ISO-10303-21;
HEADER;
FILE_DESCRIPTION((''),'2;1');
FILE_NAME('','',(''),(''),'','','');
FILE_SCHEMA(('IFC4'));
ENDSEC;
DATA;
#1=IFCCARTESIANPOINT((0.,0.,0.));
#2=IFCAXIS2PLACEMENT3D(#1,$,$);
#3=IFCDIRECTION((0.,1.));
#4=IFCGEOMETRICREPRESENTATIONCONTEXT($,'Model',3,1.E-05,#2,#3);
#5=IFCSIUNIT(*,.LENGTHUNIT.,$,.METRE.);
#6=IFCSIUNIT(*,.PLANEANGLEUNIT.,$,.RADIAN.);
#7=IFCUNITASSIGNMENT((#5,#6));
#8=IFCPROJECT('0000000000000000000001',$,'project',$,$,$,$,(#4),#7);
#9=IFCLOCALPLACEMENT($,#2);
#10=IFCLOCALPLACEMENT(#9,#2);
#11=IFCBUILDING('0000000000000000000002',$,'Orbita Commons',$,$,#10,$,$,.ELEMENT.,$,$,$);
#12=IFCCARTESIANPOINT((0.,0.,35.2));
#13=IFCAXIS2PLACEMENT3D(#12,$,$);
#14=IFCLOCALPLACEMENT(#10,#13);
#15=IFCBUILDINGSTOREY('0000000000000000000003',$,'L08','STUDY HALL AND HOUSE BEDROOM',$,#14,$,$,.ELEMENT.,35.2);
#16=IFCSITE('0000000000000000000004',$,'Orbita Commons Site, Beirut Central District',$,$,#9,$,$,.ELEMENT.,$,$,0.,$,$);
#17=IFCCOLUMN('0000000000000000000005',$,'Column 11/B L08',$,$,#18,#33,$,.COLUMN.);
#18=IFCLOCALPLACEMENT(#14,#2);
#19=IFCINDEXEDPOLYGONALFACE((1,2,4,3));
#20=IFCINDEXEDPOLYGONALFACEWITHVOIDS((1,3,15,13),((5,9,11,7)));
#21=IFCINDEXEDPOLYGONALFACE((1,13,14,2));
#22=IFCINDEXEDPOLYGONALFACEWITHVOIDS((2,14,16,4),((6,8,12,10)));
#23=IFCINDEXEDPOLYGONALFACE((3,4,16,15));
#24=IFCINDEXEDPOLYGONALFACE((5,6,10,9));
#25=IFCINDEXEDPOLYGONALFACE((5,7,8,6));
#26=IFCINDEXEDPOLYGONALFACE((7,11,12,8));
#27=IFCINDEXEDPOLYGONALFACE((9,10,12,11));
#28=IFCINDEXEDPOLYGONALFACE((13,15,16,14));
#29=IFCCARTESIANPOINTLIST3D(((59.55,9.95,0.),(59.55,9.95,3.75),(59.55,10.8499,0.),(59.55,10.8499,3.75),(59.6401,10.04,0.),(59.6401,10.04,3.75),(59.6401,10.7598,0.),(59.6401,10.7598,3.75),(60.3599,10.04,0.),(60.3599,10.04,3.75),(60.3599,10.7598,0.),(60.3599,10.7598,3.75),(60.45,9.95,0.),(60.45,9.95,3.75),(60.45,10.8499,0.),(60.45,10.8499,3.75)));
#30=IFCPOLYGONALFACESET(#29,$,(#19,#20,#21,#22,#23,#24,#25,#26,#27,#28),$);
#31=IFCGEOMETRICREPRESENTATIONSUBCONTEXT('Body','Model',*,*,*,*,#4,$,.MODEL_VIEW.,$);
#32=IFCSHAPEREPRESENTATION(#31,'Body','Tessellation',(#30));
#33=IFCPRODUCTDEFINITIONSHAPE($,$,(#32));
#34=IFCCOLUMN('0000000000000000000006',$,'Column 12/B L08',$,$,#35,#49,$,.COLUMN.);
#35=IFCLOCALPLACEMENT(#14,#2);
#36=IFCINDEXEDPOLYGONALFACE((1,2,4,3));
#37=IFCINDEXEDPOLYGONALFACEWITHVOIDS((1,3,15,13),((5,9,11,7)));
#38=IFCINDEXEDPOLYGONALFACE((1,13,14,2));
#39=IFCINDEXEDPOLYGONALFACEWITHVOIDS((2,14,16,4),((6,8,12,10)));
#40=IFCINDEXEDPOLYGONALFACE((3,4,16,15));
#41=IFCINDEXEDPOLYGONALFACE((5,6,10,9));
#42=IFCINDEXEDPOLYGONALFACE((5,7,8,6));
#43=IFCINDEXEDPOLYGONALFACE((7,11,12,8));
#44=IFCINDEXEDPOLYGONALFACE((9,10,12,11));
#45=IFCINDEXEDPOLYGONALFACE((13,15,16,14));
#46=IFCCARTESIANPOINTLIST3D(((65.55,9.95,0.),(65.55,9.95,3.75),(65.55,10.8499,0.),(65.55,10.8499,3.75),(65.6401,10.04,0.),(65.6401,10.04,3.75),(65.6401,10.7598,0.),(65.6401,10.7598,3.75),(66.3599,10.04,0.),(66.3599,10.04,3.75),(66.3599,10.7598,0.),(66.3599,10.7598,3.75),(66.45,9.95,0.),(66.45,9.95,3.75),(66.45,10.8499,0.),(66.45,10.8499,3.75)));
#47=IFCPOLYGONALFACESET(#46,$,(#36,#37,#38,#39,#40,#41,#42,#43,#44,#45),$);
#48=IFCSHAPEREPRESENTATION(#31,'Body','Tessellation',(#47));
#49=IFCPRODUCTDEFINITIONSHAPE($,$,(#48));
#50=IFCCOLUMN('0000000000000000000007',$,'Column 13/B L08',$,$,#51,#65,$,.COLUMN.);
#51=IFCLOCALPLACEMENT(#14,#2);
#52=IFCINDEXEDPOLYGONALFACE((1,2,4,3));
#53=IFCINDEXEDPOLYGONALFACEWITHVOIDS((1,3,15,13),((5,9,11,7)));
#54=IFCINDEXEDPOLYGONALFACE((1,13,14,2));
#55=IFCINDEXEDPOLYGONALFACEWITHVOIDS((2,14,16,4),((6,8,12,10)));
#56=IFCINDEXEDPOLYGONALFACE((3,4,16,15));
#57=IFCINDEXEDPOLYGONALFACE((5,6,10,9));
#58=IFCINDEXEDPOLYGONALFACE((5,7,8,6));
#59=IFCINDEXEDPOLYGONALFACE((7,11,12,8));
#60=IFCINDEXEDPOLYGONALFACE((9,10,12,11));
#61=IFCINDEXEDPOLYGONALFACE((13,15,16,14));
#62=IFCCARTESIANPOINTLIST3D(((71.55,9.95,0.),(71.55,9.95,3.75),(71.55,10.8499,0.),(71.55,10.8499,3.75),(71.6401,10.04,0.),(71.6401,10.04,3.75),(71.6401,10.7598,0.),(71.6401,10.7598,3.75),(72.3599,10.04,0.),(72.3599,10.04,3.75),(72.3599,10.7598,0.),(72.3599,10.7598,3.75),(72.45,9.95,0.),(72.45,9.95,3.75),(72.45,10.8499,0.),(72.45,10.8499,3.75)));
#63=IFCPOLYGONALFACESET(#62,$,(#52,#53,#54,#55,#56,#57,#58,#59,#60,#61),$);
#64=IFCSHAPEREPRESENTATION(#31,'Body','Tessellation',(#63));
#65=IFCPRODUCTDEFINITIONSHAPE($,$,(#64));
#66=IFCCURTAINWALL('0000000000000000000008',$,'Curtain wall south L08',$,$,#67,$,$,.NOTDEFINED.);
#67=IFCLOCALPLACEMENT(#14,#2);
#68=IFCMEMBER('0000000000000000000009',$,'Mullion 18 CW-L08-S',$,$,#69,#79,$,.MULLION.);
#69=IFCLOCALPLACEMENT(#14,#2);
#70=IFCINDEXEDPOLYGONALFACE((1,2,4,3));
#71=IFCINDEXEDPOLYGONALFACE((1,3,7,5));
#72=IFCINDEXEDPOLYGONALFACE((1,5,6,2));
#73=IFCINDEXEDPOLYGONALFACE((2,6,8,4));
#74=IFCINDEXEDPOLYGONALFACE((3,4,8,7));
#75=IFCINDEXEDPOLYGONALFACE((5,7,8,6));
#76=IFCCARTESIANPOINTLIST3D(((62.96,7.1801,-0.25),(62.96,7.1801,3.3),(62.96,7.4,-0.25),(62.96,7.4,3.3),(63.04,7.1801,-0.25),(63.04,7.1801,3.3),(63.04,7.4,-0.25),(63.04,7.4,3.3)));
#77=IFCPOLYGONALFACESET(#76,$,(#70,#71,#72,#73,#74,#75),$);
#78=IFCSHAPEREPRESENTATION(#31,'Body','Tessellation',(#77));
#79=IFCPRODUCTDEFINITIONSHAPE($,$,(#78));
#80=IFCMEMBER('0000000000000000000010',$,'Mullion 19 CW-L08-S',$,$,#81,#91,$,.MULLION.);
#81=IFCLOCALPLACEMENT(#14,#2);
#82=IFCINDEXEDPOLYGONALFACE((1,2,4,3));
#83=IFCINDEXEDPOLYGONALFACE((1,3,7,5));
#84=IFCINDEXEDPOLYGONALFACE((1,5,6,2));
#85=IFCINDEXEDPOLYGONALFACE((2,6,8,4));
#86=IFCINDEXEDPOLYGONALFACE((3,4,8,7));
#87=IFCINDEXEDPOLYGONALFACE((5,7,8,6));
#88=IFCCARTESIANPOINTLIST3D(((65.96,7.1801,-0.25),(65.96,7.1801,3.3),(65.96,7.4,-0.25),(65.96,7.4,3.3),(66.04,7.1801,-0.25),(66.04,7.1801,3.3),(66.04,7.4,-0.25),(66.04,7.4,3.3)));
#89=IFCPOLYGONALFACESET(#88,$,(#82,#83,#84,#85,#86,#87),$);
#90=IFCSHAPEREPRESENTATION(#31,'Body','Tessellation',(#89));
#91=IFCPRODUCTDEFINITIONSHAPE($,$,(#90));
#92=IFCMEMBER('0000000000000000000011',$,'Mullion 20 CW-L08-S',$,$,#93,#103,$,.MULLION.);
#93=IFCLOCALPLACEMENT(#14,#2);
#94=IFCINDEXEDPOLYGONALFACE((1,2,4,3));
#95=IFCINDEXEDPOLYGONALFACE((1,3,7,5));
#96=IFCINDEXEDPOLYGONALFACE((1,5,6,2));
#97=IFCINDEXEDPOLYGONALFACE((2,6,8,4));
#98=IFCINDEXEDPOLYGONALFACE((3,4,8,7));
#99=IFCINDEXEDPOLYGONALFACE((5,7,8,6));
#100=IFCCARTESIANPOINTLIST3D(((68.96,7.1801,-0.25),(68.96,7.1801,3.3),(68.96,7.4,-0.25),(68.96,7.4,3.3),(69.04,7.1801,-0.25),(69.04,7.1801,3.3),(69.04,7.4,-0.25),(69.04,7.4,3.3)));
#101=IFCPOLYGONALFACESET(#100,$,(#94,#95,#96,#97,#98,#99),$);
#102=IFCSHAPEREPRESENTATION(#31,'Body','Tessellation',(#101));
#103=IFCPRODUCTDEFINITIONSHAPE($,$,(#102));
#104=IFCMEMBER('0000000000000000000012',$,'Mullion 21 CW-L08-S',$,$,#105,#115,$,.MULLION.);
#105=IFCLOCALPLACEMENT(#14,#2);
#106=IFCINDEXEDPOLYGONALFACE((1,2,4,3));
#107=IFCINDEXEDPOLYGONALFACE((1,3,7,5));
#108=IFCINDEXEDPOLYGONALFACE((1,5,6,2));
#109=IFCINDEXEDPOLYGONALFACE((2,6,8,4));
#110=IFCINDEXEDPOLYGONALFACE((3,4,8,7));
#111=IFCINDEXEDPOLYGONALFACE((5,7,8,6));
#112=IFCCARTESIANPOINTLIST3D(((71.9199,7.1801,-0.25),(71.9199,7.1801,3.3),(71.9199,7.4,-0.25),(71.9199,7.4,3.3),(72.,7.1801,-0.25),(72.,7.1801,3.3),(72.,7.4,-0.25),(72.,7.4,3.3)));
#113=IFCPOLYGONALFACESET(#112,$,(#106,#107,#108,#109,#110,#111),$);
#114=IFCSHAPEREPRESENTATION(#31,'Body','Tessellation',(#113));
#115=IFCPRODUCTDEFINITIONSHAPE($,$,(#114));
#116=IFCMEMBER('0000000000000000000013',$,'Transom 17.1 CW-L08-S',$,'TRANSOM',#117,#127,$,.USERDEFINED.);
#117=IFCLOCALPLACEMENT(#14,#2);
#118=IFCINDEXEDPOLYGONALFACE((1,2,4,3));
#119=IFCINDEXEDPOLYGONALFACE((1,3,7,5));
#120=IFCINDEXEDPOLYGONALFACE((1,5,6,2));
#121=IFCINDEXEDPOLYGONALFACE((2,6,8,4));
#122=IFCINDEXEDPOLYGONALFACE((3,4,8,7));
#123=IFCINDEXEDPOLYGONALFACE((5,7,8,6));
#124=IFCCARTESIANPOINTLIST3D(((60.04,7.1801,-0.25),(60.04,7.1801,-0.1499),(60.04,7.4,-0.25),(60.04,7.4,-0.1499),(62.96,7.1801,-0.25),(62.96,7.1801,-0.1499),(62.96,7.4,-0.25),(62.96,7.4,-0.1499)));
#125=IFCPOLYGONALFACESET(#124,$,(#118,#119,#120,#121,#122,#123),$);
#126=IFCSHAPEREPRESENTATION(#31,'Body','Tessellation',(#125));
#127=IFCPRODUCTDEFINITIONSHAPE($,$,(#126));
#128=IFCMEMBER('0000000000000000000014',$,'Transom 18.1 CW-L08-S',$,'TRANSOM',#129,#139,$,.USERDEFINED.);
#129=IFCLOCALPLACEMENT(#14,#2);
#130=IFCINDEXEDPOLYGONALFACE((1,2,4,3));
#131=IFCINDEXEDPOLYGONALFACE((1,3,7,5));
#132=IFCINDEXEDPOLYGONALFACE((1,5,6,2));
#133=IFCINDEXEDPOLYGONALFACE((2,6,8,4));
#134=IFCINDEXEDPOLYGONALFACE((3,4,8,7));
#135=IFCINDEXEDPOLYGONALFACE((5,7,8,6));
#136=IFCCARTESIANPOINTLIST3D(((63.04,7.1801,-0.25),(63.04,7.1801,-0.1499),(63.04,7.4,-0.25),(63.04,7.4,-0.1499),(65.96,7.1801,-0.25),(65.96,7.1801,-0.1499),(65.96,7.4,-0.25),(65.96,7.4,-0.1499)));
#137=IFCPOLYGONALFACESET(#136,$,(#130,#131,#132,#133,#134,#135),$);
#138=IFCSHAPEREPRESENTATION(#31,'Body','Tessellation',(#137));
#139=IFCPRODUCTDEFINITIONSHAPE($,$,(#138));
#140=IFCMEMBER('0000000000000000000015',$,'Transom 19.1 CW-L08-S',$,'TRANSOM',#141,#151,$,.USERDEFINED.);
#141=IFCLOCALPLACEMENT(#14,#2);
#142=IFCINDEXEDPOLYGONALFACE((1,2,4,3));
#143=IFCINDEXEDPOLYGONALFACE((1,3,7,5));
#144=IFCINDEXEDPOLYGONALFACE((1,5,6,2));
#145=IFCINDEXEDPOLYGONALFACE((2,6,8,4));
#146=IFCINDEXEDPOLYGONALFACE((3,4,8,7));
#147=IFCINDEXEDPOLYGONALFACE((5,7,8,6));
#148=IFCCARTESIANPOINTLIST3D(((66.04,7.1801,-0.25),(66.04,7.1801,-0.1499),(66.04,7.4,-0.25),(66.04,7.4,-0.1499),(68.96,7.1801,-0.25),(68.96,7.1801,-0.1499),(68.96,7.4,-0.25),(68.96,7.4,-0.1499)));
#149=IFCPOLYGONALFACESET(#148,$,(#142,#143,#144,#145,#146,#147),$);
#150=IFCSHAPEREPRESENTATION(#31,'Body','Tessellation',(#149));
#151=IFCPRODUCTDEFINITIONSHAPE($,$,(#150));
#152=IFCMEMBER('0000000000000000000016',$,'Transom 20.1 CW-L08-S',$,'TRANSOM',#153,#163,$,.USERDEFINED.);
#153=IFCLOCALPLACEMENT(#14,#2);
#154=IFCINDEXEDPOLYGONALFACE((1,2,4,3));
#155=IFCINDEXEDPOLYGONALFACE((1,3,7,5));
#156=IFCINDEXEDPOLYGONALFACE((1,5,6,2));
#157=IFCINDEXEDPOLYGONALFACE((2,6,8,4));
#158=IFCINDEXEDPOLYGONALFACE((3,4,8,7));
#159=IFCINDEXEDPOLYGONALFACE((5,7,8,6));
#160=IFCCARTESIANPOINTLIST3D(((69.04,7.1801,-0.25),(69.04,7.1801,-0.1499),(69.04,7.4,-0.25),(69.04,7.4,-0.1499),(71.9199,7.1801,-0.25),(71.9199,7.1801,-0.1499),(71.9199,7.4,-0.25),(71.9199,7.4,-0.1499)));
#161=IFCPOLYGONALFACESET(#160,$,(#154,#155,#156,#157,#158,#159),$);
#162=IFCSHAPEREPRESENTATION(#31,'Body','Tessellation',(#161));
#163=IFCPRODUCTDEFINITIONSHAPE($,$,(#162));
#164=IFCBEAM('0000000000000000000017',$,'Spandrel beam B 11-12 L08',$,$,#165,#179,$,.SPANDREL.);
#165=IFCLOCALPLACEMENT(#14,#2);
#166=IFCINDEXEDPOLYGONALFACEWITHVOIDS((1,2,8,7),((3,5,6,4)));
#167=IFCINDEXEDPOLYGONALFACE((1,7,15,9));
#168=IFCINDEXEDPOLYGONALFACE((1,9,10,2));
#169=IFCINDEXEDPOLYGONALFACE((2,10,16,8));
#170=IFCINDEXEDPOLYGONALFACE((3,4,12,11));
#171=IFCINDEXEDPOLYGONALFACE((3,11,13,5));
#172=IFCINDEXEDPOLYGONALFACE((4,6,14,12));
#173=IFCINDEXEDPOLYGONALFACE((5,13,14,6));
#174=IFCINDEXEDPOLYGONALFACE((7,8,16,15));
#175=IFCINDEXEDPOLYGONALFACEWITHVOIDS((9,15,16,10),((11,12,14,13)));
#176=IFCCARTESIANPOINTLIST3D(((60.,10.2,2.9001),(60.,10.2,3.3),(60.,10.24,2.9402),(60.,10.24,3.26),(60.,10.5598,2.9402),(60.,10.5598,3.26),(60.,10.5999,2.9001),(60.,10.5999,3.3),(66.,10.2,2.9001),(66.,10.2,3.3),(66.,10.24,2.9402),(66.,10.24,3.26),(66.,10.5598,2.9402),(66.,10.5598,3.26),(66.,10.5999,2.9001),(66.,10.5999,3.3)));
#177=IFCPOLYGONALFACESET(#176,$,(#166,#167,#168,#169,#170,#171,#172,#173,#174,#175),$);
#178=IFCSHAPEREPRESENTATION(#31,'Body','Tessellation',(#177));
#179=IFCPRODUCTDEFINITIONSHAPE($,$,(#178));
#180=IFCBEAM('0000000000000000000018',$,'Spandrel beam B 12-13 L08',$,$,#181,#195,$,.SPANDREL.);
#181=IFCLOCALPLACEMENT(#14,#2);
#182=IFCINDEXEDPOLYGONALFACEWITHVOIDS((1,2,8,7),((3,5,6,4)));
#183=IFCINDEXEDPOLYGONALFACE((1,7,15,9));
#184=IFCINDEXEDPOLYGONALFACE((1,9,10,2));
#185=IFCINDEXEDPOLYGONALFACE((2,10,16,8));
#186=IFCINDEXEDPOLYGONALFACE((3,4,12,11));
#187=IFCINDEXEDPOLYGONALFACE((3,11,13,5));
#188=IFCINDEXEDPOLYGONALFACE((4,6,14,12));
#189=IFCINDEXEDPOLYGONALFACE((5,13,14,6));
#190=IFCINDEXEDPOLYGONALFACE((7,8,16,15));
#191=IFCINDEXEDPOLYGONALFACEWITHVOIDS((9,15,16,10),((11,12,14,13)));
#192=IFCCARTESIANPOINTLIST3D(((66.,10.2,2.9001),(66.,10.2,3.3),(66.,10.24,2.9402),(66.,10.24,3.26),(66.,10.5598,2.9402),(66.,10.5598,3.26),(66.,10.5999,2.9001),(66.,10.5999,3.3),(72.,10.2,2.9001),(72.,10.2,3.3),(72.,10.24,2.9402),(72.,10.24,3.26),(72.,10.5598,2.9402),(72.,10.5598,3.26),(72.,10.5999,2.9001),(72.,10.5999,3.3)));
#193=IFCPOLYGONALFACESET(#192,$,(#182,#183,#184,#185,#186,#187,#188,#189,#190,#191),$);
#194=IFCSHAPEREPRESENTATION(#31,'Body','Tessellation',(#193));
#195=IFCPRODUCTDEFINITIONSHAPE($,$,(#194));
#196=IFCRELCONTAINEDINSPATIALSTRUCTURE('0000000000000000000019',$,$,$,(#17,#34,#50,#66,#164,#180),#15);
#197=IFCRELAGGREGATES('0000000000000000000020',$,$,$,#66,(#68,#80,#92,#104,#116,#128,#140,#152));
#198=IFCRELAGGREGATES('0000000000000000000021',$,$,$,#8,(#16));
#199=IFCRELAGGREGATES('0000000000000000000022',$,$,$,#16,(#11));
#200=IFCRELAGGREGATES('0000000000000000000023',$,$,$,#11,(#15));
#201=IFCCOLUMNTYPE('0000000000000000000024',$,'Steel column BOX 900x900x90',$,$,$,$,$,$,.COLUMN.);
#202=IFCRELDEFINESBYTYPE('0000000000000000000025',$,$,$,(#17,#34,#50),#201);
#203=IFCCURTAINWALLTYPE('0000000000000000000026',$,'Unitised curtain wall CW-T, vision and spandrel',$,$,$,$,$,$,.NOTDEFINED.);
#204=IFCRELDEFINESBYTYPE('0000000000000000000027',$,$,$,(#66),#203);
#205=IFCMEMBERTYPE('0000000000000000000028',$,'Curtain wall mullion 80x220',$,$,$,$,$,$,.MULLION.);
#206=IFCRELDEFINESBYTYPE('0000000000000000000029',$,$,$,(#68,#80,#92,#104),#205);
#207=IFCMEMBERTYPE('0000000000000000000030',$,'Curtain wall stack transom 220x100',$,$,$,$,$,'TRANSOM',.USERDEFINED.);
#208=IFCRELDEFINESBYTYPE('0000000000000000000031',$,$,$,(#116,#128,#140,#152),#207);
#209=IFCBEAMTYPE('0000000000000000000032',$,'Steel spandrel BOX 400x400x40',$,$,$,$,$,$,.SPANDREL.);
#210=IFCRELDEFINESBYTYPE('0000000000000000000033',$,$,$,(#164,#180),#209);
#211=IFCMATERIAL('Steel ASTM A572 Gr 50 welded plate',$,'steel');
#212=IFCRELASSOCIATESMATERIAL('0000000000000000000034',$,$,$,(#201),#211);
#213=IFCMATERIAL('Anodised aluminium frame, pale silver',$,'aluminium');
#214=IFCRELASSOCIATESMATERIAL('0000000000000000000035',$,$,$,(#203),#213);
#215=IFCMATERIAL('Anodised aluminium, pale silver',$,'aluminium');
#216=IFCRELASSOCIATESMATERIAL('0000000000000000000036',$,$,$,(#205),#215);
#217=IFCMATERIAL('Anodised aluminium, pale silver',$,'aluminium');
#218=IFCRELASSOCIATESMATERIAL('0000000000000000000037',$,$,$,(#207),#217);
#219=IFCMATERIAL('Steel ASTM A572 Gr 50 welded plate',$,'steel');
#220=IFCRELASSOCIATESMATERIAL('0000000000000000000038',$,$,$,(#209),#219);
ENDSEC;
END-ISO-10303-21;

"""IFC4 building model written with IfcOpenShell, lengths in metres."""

from ifc_helpers import new_model, si_unit, direction, frame, origin, origin_2d, place, context, subcontext, project, spatial, rectangle, hollow_rectangle, extrude, material, material_profile, profile_set, type_object, element, aggregate, save


model = new_model("IFC4")

# Units and contexts
model_context = context("Model", 3, precision=1e-05, world=origin(), true_north=direction((0.0, 1.0)))
body_context = subcontext(model_context, "Body", "Model", "MODEL_VIEW")
ifc_project = project(units=[si_unit("LENGTHUNIT", "METRE"), si_unit("PLANEANGLEUNIT", "RADIAN")], contexts=[model_context])

# Site, building, storey
site_placement = place(None, origin())
site = spatial("IfcSite", under=ifc_project, at=site_placement, Name="Orbita Commons Site, Beirut Central District", CompositionType="ELEMENT", RefElevation=0.0)
building_placement = place(site_placement, origin())
building = spatial("IfcBuilding", under=site, at=building_placement, Name="Orbita Commons", CompositionType="ELEMENT")
storey_placement = place(building_placement, frame((0.0, 0.0, 35.2)))
storey = spatial("IfcBuildingStorey", under=building, at=storey_placement, Name="L08", Description="STUDY HALL AND HOUSE BEDROOM", CompositionType="ELEMENT", Elevation=35.2)

# Columns
ifc_material_1 = material(Name="Steel ASTM A572 Gr 50 welded plate", Category="steel")
ifc_material_profile_1 = material_profile(ifc_material_1, hollow_rectangle(XDim=0.8999, YDim=0.8999, WallThickness=0.0901, at=origin_2d()), Name="BOX 900x900x90")
ifc_profile_set_1 = profile_set([ifc_material_profile_1], Name="Steel ASTM A572 Gr 50 welded plate")
column_type = type_object("IfcColumnType", Name="Steel column BOX 900x900x90", PredefinedType="COLUMN", material=ifc_profile_set_1)
for number, where, z_axis, x_axis, name in (
    (1, (60.0, 10.3999, 0.0), (0.0, 0.0, 1.0), (1.0, 0.0, 0.0), "Column 11/B L08"),
    (2, (66.0, 10.3999, 0.0), (0.0, 0.0, 1.0), (1.0, 0.0, 0.0), "Column 12/B L08"),
    (3, (72.0, 10.3999, 0.0), (0.0, 0.0, 1.0), (1.0, 0.0, 0.0), "Column 13/B L08"),
):
    element("IfcColumn", number, at=place(storey_placement, frame(where, z_axis=z_axis, x_axis=x_axis)), inside=storey, type_object=column_type, Name=name, PredefinedType="COLUMN", context=body_context, shape_type="SweptSolid", body=[
        extrude(hollow_rectangle(XDim=0.8999, YDim=0.8999, WallThickness=0.0901, at=origin_2d()), origin(), (0.0, 0.0, 1.0), 3.75),
    ])

# Curtain wall, members
ifc_material_2 = material(Name="Anodised aluminium frame, pale silver", Category="aluminium")
curtain_wall_type = type_object("IfcCurtainWallType", Name="Unitised curtain wall CW-T, vision and spandrel", PredefinedType="NOTDEFINED", material=ifc_material_2)
curtain_wall_placement = place(storey_placement, origin())
curtain_wall = element("IfcCurtainWall", 4, at=curtain_wall_placement, inside=storey, type_object=curtain_wall_type, Name="Curtain wall south L08", PredefinedType="NOTDEFINED")
ifc_material_3 = material(Name="Anodised aluminium, pale silver", Category="aluminium")
ifc_material_profile_2 = material_profile(ifc_material_3, rectangle(XDim=0.0801, YDim=0.22, at=origin_2d()), Name="AL 80x220")
ifc_profile_set_2 = profile_set([ifc_material_profile_2], Name="Anodised aluminium, pale silver")
member_type_1 = type_object("IfcMemberType", Name="Curtain wall mullion 80x220", PredefinedType="MULLION", material=ifc_profile_set_2)
member_1_placement = place(storey_placement, frame((63.0, 7.29, -0.25), z_axis=(0.0, 0.0, 1.0), x_axis=(1.0, 0.0, 0.0)))
member_1 = element("IfcMember", 5, at=member_1_placement, type_object=member_type_1, Name="Mullion 18 CW-L08-S", PredefinedType="MULLION", context=body_context, shape_type="SweptSolid", body=[
    extrude(rectangle(XDim=0.0801, YDim=0.22, at=origin_2d()), origin(), (0.0, 0.0, 1.0), 3.55),
])
member_2_placement = place(storey_placement, frame((66.0, 7.29, -0.25), z_axis=(0.0, 0.0, 1.0), x_axis=(1.0, 0.0, 0.0)))
member_2 = element("IfcMember", 6, at=member_2_placement, type_object=member_type_1, Name="Mullion 19 CW-L08-S", PredefinedType="MULLION", context=body_context, shape_type="SweptSolid", body=[
    extrude(rectangle(XDim=0.0801, YDim=0.22, at=origin_2d()), origin(), (0.0, 0.0, 1.0), 3.55),
])
member_3_placement = place(storey_placement, frame((69.0, 7.29, -0.25), z_axis=(0.0, 0.0, 1.0), x_axis=(1.0, 0.0, 0.0)))
member_3 = element("IfcMember", 7, at=member_3_placement, type_object=member_type_1, Name="Mullion 20 CW-L08-S", PredefinedType="MULLION", context=body_context, shape_type="SweptSolid", body=[
    extrude(rectangle(XDim=0.0801, YDim=0.22, at=origin_2d()), origin(), (0.0, 0.0, 1.0), 3.55),
])
member_4_placement = place(storey_placement, frame((71.96, 7.29, -0.25), z_axis=(0.0, 0.0, 1.0), x_axis=(1.0, 0.0, 0.0)))
member_4 = element("IfcMember", 8, at=member_4_placement, type_object=member_type_1, Name="Mullion 21 CW-L08-S", PredefinedType="MULLION", context=body_context, shape_type="SweptSolid", body=[
    extrude(rectangle(XDim=0.0801, YDim=0.22, at=origin_2d()), origin(), (0.0, 0.0, 1.0), 3.55),
])
ifc_material_4 = material(Name="Anodised aluminium, pale silver", Category="aluminium")
ifc_material_profile_3 = material_profile(ifc_material_4, rectangle(XDim=0.22, YDim=0.1001, at=origin_2d()), Name="AL 220x100")
ifc_profile_set_3 = profile_set([ifc_material_profile_3], Name="Anodised aluminium, pale silver")
member_type_2 = type_object("IfcMemberType", Name="Curtain wall stack transom 220x100", ElementType="TRANSOM", PredefinedType="USERDEFINED", material=ifc_profile_set_3)
member_5_placement = place(storey_placement, frame((60.04, 7.29, -0.2), z_axis=(1.0, 0.0, 0.0), x_axis=(0.0, 1.0, 0.0)))
member_5 = element("IfcMember", 9, at=member_5_placement, type_object=member_type_2, Name="Transom 17.1 CW-L08-S", ObjectType="TRANSOM", PredefinedType="USERDEFINED", context=body_context, shape_type="SweptSolid", body=[
    extrude(rectangle(XDim=0.22, YDim=0.1001, at=origin_2d()), origin(), (0.0, 0.0, 1.0), 2.9199),
])
member_6_placement = place(storey_placement, frame((63.04, 7.29, -0.2), z_axis=(1.0, 0.0, 0.0), x_axis=(0.0, 1.0, 0.0)))
member_6 = element("IfcMember", 10, at=member_6_placement, type_object=member_type_2, Name="Transom 18.1 CW-L08-S", ObjectType="TRANSOM", PredefinedType="USERDEFINED", context=body_context, shape_type="SweptSolid", body=[
    extrude(rectangle(XDim=0.22, YDim=0.1001, at=origin_2d()), origin(), (0.0, 0.0, 1.0), 2.9199),
])
member_7_placement = place(storey_placement, frame((66.04, 7.29, -0.2), z_axis=(1.0, 0.0, 0.0), x_axis=(0.0, 1.0, 0.0)))
member_7 = element("IfcMember", 11, at=member_7_placement, type_object=member_type_2, Name="Transom 19.1 CW-L08-S", ObjectType="TRANSOM", PredefinedType="USERDEFINED", context=body_context, shape_type="SweptSolid", body=[
    extrude(rectangle(XDim=0.22, YDim=0.1001, at=origin_2d()), origin(), (0.0, 0.0, 1.0), 2.9199),
])
member_8_placement = place(storey_placement, frame((69.04, 7.29, -0.2), z_axis=(1.0, 0.0, 0.0), x_axis=(0.0, 1.0, 0.0)))
member_8 = element("IfcMember", 12, at=member_8_placement, type_object=member_type_2, Name="Transom 20.1 CW-L08-S", ObjectType="TRANSOM", PredefinedType="USERDEFINED", context=body_context, shape_type="SweptSolid", body=[
    extrude(rectangle(XDim=0.22, YDim=0.1001, at=origin_2d()), origin(), (0.0, 0.0, 1.0), 2.8799),
])

# Beams
ifc_material_5 = material(Name="Steel ASTM A572 Gr 50 welded plate", Category="steel")
ifc_material_profile_4 = material_profile(ifc_material_5, hollow_rectangle(XDim=0.3999, YDim=0.3999, WallThickness=0.04, at=origin_2d()), Name="BOX 400x400x40")
ifc_profile_set_4 = profile_set([ifc_material_profile_4], Name="Steel ASTM A572 Gr 50 welded plate")
beam_type = type_object("IfcBeamType", Name="Steel spandrel BOX 400x400x40", PredefinedType="SPANDREL", material=ifc_profile_set_4)
for number, where, z_axis, x_axis, name in (
    (13, (60.0, 10.3999, 3.1001), (1.0, 0.0, 0.0), (0.0, 1.0, 0.0), "Spandrel beam B 11-12 L08"),
    (14, (66.0, 10.3999, 3.1001), (1.0, 0.0, 0.0), (0.0, 1.0, 0.0), "Spandrel beam B 12-13 L08"),
):
    element("IfcBeam", number, at=place(storey_placement, frame(where, z_axis=z_axis, x_axis=x_axis)), inside=storey, type_object=beam_type, Name=name, PredefinedType="SPANDREL", context=body_context, shape_type="SweptSolid", body=[
        extrude(hollow_rectangle(XDim=0.3999, YDim=0.3999, WallThickness=0.04, at=origin_2d()), origin(), (0.0, 0.0, 1.0), 6.0),
    ])

aggregate(curtain_wall, [member_1, member_2, member_3, member_4, member_5, member_6, member_7, member_8])

save(model, "model.ifc")
